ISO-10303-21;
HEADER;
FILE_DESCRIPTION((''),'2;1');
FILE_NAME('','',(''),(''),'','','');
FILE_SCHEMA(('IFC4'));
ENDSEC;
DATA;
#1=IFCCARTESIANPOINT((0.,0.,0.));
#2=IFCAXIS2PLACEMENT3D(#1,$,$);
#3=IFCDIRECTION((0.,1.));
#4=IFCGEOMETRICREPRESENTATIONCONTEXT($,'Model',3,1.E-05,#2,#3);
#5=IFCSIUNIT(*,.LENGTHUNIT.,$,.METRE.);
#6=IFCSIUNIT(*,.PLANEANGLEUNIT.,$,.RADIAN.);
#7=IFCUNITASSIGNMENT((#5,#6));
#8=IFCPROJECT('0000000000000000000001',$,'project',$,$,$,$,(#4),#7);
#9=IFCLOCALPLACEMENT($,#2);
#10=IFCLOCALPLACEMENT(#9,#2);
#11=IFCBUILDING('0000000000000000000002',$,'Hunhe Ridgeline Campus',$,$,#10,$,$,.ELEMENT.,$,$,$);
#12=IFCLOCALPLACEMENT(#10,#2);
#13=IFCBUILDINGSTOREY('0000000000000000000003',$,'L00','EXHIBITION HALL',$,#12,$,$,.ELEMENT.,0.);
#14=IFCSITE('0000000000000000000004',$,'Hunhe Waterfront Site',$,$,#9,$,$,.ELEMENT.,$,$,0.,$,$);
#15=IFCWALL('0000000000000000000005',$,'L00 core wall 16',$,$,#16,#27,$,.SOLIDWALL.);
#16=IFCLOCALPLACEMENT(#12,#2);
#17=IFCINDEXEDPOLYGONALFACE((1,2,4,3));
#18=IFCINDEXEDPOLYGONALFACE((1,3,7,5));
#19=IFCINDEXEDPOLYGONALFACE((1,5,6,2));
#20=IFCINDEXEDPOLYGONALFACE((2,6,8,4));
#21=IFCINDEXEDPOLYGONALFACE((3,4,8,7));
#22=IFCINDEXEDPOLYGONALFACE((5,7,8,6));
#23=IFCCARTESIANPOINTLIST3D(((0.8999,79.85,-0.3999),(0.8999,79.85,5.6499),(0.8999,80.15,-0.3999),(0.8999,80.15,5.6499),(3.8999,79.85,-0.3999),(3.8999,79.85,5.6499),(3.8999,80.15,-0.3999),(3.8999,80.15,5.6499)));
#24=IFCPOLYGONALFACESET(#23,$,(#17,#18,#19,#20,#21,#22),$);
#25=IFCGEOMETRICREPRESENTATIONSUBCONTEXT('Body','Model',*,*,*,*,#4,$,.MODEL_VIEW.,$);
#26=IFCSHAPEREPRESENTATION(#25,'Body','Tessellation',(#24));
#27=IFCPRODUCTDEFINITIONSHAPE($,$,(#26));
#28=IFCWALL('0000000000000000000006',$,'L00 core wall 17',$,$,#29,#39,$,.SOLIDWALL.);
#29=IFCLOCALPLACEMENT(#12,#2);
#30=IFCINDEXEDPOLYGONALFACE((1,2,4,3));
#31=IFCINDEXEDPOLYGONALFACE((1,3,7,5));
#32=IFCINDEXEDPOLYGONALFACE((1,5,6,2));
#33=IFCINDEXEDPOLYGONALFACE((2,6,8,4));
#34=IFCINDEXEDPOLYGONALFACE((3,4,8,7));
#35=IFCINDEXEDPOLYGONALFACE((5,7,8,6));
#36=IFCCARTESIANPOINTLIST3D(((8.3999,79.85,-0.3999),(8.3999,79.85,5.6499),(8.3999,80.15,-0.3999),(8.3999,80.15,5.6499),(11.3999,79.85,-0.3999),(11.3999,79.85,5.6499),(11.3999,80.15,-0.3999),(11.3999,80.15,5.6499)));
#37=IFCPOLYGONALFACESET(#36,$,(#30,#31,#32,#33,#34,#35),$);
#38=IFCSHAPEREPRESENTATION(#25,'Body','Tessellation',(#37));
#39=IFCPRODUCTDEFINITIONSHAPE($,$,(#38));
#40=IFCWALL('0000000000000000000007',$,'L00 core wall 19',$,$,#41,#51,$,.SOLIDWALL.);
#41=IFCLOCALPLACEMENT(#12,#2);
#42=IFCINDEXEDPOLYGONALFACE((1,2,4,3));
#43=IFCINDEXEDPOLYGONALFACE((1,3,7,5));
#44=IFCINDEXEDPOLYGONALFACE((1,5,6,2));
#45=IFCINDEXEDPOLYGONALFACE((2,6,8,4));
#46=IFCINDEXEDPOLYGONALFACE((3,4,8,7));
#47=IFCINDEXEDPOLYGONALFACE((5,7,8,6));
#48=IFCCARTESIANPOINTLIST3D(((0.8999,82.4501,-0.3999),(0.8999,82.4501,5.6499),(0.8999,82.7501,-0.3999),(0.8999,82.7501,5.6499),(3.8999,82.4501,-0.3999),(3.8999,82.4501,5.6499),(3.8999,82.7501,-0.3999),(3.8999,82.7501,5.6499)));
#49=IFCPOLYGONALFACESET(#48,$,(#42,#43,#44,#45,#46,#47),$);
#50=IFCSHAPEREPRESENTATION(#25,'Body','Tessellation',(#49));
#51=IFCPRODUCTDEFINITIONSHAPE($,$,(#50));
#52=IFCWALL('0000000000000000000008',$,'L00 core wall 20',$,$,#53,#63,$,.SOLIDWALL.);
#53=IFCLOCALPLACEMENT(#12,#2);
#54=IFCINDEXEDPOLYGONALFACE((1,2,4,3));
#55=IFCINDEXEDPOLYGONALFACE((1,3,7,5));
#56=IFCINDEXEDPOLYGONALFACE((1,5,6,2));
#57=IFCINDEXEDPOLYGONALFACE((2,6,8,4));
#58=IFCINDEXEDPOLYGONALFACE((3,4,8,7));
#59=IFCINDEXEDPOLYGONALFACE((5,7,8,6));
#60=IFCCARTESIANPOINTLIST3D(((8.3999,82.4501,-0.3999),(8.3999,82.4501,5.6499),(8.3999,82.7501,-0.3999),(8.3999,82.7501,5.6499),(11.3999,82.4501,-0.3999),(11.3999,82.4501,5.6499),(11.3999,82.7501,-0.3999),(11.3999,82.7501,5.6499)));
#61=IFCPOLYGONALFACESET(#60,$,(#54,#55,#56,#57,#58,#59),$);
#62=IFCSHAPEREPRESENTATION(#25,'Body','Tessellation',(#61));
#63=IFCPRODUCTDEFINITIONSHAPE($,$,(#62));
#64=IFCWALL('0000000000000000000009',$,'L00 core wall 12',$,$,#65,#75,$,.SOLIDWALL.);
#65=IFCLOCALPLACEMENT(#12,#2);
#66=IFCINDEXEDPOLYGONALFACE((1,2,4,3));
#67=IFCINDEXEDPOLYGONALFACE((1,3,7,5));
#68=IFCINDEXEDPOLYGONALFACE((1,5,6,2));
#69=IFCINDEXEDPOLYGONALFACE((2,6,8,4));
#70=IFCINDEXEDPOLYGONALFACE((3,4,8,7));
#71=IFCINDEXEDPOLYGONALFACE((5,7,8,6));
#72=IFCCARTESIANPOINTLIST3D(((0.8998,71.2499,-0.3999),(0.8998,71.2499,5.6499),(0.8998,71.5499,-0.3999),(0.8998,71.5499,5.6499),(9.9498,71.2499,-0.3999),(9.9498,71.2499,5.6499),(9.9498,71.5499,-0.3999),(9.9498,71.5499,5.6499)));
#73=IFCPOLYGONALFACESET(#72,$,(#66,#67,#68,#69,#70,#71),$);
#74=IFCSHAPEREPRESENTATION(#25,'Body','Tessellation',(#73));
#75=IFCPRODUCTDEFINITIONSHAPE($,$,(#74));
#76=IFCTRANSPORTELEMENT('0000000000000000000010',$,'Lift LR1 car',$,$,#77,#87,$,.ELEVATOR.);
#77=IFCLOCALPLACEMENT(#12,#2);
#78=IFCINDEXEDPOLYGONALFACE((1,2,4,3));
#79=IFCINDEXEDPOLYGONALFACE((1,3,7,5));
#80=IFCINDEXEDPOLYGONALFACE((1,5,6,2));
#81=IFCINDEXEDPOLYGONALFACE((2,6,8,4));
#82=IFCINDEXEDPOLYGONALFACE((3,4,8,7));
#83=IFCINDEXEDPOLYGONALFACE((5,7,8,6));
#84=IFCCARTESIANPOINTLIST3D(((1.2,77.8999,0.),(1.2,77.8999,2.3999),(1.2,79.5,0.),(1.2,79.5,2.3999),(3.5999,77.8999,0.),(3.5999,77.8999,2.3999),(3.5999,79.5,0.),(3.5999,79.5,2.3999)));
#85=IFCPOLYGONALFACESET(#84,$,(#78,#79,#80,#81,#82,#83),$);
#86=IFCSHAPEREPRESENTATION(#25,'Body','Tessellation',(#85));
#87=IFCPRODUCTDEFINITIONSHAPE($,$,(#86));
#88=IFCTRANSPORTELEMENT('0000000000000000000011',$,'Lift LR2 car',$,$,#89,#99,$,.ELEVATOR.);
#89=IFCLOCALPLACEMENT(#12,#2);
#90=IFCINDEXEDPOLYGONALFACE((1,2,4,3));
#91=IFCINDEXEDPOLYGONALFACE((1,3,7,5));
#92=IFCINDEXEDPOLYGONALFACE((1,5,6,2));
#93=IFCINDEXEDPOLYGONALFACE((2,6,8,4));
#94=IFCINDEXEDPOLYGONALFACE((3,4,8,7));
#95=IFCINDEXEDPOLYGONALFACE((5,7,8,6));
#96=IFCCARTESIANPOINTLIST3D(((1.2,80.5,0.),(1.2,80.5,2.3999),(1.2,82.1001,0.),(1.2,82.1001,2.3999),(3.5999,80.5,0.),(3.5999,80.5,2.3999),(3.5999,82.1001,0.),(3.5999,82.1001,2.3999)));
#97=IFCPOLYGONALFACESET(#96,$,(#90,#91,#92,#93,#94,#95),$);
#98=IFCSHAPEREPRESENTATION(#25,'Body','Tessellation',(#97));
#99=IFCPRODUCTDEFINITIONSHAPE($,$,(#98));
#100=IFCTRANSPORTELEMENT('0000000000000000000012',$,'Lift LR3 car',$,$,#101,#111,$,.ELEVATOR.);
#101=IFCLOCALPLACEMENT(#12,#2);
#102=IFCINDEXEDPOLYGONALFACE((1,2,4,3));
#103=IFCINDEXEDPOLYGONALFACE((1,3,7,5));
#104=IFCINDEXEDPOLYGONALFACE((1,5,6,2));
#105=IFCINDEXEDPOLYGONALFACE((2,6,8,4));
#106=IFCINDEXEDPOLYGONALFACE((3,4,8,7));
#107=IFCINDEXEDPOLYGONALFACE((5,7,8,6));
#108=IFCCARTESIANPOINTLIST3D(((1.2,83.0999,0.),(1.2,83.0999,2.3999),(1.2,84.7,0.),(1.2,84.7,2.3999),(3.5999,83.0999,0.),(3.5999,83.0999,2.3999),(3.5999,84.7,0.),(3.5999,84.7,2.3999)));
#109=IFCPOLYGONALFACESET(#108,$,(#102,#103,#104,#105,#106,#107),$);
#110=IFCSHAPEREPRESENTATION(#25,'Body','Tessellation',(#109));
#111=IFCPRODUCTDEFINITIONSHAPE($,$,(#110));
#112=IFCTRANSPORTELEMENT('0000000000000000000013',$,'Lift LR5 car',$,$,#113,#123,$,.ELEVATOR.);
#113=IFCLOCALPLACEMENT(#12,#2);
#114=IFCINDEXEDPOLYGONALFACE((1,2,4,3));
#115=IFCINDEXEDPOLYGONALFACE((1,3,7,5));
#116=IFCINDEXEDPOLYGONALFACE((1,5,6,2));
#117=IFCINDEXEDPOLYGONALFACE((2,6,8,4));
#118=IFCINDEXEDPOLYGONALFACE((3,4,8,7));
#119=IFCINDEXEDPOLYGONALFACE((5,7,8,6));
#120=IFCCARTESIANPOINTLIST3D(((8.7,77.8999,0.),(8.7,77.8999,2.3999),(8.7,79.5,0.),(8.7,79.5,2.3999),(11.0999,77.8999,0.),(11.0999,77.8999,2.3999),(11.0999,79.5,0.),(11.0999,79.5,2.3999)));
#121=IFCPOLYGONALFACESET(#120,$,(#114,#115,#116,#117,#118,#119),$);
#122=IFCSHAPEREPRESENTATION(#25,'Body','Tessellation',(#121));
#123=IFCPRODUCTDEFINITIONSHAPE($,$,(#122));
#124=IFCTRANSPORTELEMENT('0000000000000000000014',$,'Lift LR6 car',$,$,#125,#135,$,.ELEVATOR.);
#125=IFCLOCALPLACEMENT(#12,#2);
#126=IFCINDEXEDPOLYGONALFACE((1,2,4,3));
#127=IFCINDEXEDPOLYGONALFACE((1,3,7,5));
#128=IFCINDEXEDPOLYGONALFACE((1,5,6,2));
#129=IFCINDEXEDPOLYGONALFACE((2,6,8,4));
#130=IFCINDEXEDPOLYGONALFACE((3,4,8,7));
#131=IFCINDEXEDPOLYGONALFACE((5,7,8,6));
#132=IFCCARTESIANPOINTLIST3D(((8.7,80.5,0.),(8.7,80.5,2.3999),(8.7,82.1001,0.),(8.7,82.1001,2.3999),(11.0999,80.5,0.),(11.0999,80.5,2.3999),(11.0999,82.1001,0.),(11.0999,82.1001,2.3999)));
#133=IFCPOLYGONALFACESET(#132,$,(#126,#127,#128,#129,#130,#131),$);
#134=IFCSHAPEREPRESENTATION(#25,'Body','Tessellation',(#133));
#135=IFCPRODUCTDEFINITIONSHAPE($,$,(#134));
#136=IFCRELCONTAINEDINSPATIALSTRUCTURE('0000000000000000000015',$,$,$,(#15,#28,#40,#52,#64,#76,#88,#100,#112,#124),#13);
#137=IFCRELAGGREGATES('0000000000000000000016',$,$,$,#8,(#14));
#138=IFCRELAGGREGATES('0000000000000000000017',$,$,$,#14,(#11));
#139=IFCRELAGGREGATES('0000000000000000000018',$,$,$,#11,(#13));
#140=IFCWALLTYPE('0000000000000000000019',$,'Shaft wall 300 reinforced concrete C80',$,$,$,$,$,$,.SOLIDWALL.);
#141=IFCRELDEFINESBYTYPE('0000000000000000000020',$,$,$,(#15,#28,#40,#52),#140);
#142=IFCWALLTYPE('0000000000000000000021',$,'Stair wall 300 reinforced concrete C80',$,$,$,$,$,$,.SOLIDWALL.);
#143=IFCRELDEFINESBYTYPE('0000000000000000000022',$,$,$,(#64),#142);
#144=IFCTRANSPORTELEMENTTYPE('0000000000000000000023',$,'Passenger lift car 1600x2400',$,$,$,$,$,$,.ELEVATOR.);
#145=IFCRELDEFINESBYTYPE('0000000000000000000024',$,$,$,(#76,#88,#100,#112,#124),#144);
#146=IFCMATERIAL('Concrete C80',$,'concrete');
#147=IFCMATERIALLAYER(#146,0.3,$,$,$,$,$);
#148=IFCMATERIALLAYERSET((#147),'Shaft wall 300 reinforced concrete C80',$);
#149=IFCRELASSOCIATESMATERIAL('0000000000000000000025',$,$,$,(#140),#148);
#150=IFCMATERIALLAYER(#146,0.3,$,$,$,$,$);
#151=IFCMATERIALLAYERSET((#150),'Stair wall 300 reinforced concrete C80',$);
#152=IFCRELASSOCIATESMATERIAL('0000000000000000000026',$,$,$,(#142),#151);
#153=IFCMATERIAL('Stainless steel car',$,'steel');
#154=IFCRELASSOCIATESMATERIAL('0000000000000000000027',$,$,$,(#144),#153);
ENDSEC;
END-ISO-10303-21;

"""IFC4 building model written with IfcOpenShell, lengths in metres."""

from ifc_helpers import new_model, si_unit, direction, frame, frame_2d, origin, origin_2d, place, context, subcontext, project, spatial, rectangle, extrude, material, layer, layer_set, type_object, element, save


model = new_model("IFC4")

# Units and contexts
model_context = context("Model", 3, precision=1e-05, world=origin(), true_north=direction((0.0, 1.0)))
body_context = subcontext(model_context, "Body", "Model", "MODEL_VIEW")
ifc_project = project(units=[si_unit("LENGTHUNIT", "METRE"), si_unit("PLANEANGLEUNIT", "RADIAN")], contexts=[model_context])

# Site, building, storey
site_placement = place(None, origin())
site = spatial("IfcSite", under=ifc_project, at=site_placement, Name="Hunhe Waterfront Site", CompositionType="ELEMENT", RefElevation=0.0)
building_placement = place(site_placement, origin())
building = spatial("IfcBuilding", under=site, at=building_placement, Name="Hunhe Ridgeline Campus", CompositionType="ELEMENT")
storey_placement = place(building_placement, origin())
storey = spatial("IfcBuildingStorey", under=building, at=storey_placement, Name="L00", Description="EXHIBITION HALL", CompositionType="ELEMENT", Elevation=0.0)

# Shared definitions
ifc_material_1 = material(Name="Concrete C80", Category="concrete")
ifc_layer_1 = layer(ifc_material_1, 0.3)
ifc_layer_set_1 = layer_set([ifc_layer_1], Name="Shaft wall 300 reinforced concrete C80")
wall_type_1 = type_object("IfcWallType", Name="Shaft wall 300 reinforced concrete C80", PredefinedType="SOLIDWALL", material=ifc_layer_set_1)

# Walls
for number, where, z_axis, x_axis, name in (
    (1, (0.8999, 80.0, -0.3999), (0.0, 0.0, 1.0), (1.0, 0.0, 0.0), "L00 core wall 16"),
    (2, (8.3999, 80.0, -0.3999), (0.0, 0.0, 1.0), (1.0, 0.0, 0.0), "L00 core wall 17"),
    (3, (0.8999, 82.6001, -0.3999), (0.0, 0.0, 1.0), (1.0, 0.0, 0.0), "L00 core wall 19"),
    (4, (8.3999, 82.6001, -0.3999), (0.0, 0.0, 1.0), (1.0, 0.0, 0.0), "L00 core wall 20"),
):
    element("IfcWall", number, at=place(storey_placement, frame(where, z_axis=z_axis, x_axis=x_axis)), inside=storey, type_object=wall_type_1, Name=name, PredefinedType="SOLIDWALL", context=body_context, shape_type="SweptSolid", body=[
        extrude(rectangle(XDim=3.0, YDim=0.3, at=frame_2d((1.5, 0.0))), origin(), (0.0, 0.0, 1.0), 6.0498),
    ])

# Wall
ifc_layer_2 = layer(ifc_material_1, 0.3)
ifc_layer_set_2 = layer_set([ifc_layer_2], Name="Stair wall 300 reinforced concrete C80")
wall_type_2 = type_object("IfcWallType", Name="Stair wall 300 reinforced concrete C80", PredefinedType="SOLIDWALL", material=ifc_layer_set_2)
wall_1_placement = place(storey_placement, frame((0.8999, 71.3999, -0.3999), z_axis=(0.0, 0.0, 1.0), x_axis=(1.0, 0.0, 0.0)))
element("IfcWall", 5, at=wall_1_placement, inside=storey, type_object=wall_type_2, Name="L00 core wall 12", PredefinedType="SOLIDWALL", context=body_context, shape_type="SweptSolid", body=[
    extrude(rectangle(XDim=9.05, YDim=0.3, at=frame_2d((4.5249, 0.0))), origin(), (0.0, 0.0, 1.0), 6.0498),
])

# Transport elements
ifc_material_2 = material(Name="Stainless steel car", Category="steel")
transport_element_type = type_object("IfcTransportElementType", Name="Passenger lift car 1600x2400", PredefinedType="ELEVATOR", material=ifc_material_2)
for number, where, z_axis, x_axis, name in (
    (6, (2.3999, 78.7, 0.0), (0.0, 0.0, 1.0), (1.0, 0.0, 0.0), "Lift LR1 car"),
    (7, (2.3999, 81.3, 0.0), (0.0, 0.0, 1.0), (1.0, 0.0, 0.0), "Lift LR2 car"),
    (8, (2.3999, 83.8999, 0.0), (0.0, 0.0, 1.0), (1.0, 0.0, 0.0), "Lift LR3 car"),
    (9, (9.8999, 78.7, 0.0), (0.0, 0.0, 1.0), (1.0, 0.0, 0.0), "Lift LR5 car"),
    (10, (9.8999, 81.3, 0.0), (0.0, 0.0, 1.0), (1.0, 0.0, 0.0), "Lift LR6 car"),
):
    element("IfcTransportElement", number, at=place(storey_placement, frame(where, z_axis=z_axis, x_axis=x_axis)), inside=storey, type_object=transport_element_type, Name=name, PredefinedType="ELEVATOR", context=body_context, shape_type="SweptSolid", body=[
        extrude(rectangle(XDim=2.3999, YDim=1.6001, at=origin_2d()), origin(), (0.0, 0.0, 1.0), 2.3999),
    ])

save(model, "model.ifc")
